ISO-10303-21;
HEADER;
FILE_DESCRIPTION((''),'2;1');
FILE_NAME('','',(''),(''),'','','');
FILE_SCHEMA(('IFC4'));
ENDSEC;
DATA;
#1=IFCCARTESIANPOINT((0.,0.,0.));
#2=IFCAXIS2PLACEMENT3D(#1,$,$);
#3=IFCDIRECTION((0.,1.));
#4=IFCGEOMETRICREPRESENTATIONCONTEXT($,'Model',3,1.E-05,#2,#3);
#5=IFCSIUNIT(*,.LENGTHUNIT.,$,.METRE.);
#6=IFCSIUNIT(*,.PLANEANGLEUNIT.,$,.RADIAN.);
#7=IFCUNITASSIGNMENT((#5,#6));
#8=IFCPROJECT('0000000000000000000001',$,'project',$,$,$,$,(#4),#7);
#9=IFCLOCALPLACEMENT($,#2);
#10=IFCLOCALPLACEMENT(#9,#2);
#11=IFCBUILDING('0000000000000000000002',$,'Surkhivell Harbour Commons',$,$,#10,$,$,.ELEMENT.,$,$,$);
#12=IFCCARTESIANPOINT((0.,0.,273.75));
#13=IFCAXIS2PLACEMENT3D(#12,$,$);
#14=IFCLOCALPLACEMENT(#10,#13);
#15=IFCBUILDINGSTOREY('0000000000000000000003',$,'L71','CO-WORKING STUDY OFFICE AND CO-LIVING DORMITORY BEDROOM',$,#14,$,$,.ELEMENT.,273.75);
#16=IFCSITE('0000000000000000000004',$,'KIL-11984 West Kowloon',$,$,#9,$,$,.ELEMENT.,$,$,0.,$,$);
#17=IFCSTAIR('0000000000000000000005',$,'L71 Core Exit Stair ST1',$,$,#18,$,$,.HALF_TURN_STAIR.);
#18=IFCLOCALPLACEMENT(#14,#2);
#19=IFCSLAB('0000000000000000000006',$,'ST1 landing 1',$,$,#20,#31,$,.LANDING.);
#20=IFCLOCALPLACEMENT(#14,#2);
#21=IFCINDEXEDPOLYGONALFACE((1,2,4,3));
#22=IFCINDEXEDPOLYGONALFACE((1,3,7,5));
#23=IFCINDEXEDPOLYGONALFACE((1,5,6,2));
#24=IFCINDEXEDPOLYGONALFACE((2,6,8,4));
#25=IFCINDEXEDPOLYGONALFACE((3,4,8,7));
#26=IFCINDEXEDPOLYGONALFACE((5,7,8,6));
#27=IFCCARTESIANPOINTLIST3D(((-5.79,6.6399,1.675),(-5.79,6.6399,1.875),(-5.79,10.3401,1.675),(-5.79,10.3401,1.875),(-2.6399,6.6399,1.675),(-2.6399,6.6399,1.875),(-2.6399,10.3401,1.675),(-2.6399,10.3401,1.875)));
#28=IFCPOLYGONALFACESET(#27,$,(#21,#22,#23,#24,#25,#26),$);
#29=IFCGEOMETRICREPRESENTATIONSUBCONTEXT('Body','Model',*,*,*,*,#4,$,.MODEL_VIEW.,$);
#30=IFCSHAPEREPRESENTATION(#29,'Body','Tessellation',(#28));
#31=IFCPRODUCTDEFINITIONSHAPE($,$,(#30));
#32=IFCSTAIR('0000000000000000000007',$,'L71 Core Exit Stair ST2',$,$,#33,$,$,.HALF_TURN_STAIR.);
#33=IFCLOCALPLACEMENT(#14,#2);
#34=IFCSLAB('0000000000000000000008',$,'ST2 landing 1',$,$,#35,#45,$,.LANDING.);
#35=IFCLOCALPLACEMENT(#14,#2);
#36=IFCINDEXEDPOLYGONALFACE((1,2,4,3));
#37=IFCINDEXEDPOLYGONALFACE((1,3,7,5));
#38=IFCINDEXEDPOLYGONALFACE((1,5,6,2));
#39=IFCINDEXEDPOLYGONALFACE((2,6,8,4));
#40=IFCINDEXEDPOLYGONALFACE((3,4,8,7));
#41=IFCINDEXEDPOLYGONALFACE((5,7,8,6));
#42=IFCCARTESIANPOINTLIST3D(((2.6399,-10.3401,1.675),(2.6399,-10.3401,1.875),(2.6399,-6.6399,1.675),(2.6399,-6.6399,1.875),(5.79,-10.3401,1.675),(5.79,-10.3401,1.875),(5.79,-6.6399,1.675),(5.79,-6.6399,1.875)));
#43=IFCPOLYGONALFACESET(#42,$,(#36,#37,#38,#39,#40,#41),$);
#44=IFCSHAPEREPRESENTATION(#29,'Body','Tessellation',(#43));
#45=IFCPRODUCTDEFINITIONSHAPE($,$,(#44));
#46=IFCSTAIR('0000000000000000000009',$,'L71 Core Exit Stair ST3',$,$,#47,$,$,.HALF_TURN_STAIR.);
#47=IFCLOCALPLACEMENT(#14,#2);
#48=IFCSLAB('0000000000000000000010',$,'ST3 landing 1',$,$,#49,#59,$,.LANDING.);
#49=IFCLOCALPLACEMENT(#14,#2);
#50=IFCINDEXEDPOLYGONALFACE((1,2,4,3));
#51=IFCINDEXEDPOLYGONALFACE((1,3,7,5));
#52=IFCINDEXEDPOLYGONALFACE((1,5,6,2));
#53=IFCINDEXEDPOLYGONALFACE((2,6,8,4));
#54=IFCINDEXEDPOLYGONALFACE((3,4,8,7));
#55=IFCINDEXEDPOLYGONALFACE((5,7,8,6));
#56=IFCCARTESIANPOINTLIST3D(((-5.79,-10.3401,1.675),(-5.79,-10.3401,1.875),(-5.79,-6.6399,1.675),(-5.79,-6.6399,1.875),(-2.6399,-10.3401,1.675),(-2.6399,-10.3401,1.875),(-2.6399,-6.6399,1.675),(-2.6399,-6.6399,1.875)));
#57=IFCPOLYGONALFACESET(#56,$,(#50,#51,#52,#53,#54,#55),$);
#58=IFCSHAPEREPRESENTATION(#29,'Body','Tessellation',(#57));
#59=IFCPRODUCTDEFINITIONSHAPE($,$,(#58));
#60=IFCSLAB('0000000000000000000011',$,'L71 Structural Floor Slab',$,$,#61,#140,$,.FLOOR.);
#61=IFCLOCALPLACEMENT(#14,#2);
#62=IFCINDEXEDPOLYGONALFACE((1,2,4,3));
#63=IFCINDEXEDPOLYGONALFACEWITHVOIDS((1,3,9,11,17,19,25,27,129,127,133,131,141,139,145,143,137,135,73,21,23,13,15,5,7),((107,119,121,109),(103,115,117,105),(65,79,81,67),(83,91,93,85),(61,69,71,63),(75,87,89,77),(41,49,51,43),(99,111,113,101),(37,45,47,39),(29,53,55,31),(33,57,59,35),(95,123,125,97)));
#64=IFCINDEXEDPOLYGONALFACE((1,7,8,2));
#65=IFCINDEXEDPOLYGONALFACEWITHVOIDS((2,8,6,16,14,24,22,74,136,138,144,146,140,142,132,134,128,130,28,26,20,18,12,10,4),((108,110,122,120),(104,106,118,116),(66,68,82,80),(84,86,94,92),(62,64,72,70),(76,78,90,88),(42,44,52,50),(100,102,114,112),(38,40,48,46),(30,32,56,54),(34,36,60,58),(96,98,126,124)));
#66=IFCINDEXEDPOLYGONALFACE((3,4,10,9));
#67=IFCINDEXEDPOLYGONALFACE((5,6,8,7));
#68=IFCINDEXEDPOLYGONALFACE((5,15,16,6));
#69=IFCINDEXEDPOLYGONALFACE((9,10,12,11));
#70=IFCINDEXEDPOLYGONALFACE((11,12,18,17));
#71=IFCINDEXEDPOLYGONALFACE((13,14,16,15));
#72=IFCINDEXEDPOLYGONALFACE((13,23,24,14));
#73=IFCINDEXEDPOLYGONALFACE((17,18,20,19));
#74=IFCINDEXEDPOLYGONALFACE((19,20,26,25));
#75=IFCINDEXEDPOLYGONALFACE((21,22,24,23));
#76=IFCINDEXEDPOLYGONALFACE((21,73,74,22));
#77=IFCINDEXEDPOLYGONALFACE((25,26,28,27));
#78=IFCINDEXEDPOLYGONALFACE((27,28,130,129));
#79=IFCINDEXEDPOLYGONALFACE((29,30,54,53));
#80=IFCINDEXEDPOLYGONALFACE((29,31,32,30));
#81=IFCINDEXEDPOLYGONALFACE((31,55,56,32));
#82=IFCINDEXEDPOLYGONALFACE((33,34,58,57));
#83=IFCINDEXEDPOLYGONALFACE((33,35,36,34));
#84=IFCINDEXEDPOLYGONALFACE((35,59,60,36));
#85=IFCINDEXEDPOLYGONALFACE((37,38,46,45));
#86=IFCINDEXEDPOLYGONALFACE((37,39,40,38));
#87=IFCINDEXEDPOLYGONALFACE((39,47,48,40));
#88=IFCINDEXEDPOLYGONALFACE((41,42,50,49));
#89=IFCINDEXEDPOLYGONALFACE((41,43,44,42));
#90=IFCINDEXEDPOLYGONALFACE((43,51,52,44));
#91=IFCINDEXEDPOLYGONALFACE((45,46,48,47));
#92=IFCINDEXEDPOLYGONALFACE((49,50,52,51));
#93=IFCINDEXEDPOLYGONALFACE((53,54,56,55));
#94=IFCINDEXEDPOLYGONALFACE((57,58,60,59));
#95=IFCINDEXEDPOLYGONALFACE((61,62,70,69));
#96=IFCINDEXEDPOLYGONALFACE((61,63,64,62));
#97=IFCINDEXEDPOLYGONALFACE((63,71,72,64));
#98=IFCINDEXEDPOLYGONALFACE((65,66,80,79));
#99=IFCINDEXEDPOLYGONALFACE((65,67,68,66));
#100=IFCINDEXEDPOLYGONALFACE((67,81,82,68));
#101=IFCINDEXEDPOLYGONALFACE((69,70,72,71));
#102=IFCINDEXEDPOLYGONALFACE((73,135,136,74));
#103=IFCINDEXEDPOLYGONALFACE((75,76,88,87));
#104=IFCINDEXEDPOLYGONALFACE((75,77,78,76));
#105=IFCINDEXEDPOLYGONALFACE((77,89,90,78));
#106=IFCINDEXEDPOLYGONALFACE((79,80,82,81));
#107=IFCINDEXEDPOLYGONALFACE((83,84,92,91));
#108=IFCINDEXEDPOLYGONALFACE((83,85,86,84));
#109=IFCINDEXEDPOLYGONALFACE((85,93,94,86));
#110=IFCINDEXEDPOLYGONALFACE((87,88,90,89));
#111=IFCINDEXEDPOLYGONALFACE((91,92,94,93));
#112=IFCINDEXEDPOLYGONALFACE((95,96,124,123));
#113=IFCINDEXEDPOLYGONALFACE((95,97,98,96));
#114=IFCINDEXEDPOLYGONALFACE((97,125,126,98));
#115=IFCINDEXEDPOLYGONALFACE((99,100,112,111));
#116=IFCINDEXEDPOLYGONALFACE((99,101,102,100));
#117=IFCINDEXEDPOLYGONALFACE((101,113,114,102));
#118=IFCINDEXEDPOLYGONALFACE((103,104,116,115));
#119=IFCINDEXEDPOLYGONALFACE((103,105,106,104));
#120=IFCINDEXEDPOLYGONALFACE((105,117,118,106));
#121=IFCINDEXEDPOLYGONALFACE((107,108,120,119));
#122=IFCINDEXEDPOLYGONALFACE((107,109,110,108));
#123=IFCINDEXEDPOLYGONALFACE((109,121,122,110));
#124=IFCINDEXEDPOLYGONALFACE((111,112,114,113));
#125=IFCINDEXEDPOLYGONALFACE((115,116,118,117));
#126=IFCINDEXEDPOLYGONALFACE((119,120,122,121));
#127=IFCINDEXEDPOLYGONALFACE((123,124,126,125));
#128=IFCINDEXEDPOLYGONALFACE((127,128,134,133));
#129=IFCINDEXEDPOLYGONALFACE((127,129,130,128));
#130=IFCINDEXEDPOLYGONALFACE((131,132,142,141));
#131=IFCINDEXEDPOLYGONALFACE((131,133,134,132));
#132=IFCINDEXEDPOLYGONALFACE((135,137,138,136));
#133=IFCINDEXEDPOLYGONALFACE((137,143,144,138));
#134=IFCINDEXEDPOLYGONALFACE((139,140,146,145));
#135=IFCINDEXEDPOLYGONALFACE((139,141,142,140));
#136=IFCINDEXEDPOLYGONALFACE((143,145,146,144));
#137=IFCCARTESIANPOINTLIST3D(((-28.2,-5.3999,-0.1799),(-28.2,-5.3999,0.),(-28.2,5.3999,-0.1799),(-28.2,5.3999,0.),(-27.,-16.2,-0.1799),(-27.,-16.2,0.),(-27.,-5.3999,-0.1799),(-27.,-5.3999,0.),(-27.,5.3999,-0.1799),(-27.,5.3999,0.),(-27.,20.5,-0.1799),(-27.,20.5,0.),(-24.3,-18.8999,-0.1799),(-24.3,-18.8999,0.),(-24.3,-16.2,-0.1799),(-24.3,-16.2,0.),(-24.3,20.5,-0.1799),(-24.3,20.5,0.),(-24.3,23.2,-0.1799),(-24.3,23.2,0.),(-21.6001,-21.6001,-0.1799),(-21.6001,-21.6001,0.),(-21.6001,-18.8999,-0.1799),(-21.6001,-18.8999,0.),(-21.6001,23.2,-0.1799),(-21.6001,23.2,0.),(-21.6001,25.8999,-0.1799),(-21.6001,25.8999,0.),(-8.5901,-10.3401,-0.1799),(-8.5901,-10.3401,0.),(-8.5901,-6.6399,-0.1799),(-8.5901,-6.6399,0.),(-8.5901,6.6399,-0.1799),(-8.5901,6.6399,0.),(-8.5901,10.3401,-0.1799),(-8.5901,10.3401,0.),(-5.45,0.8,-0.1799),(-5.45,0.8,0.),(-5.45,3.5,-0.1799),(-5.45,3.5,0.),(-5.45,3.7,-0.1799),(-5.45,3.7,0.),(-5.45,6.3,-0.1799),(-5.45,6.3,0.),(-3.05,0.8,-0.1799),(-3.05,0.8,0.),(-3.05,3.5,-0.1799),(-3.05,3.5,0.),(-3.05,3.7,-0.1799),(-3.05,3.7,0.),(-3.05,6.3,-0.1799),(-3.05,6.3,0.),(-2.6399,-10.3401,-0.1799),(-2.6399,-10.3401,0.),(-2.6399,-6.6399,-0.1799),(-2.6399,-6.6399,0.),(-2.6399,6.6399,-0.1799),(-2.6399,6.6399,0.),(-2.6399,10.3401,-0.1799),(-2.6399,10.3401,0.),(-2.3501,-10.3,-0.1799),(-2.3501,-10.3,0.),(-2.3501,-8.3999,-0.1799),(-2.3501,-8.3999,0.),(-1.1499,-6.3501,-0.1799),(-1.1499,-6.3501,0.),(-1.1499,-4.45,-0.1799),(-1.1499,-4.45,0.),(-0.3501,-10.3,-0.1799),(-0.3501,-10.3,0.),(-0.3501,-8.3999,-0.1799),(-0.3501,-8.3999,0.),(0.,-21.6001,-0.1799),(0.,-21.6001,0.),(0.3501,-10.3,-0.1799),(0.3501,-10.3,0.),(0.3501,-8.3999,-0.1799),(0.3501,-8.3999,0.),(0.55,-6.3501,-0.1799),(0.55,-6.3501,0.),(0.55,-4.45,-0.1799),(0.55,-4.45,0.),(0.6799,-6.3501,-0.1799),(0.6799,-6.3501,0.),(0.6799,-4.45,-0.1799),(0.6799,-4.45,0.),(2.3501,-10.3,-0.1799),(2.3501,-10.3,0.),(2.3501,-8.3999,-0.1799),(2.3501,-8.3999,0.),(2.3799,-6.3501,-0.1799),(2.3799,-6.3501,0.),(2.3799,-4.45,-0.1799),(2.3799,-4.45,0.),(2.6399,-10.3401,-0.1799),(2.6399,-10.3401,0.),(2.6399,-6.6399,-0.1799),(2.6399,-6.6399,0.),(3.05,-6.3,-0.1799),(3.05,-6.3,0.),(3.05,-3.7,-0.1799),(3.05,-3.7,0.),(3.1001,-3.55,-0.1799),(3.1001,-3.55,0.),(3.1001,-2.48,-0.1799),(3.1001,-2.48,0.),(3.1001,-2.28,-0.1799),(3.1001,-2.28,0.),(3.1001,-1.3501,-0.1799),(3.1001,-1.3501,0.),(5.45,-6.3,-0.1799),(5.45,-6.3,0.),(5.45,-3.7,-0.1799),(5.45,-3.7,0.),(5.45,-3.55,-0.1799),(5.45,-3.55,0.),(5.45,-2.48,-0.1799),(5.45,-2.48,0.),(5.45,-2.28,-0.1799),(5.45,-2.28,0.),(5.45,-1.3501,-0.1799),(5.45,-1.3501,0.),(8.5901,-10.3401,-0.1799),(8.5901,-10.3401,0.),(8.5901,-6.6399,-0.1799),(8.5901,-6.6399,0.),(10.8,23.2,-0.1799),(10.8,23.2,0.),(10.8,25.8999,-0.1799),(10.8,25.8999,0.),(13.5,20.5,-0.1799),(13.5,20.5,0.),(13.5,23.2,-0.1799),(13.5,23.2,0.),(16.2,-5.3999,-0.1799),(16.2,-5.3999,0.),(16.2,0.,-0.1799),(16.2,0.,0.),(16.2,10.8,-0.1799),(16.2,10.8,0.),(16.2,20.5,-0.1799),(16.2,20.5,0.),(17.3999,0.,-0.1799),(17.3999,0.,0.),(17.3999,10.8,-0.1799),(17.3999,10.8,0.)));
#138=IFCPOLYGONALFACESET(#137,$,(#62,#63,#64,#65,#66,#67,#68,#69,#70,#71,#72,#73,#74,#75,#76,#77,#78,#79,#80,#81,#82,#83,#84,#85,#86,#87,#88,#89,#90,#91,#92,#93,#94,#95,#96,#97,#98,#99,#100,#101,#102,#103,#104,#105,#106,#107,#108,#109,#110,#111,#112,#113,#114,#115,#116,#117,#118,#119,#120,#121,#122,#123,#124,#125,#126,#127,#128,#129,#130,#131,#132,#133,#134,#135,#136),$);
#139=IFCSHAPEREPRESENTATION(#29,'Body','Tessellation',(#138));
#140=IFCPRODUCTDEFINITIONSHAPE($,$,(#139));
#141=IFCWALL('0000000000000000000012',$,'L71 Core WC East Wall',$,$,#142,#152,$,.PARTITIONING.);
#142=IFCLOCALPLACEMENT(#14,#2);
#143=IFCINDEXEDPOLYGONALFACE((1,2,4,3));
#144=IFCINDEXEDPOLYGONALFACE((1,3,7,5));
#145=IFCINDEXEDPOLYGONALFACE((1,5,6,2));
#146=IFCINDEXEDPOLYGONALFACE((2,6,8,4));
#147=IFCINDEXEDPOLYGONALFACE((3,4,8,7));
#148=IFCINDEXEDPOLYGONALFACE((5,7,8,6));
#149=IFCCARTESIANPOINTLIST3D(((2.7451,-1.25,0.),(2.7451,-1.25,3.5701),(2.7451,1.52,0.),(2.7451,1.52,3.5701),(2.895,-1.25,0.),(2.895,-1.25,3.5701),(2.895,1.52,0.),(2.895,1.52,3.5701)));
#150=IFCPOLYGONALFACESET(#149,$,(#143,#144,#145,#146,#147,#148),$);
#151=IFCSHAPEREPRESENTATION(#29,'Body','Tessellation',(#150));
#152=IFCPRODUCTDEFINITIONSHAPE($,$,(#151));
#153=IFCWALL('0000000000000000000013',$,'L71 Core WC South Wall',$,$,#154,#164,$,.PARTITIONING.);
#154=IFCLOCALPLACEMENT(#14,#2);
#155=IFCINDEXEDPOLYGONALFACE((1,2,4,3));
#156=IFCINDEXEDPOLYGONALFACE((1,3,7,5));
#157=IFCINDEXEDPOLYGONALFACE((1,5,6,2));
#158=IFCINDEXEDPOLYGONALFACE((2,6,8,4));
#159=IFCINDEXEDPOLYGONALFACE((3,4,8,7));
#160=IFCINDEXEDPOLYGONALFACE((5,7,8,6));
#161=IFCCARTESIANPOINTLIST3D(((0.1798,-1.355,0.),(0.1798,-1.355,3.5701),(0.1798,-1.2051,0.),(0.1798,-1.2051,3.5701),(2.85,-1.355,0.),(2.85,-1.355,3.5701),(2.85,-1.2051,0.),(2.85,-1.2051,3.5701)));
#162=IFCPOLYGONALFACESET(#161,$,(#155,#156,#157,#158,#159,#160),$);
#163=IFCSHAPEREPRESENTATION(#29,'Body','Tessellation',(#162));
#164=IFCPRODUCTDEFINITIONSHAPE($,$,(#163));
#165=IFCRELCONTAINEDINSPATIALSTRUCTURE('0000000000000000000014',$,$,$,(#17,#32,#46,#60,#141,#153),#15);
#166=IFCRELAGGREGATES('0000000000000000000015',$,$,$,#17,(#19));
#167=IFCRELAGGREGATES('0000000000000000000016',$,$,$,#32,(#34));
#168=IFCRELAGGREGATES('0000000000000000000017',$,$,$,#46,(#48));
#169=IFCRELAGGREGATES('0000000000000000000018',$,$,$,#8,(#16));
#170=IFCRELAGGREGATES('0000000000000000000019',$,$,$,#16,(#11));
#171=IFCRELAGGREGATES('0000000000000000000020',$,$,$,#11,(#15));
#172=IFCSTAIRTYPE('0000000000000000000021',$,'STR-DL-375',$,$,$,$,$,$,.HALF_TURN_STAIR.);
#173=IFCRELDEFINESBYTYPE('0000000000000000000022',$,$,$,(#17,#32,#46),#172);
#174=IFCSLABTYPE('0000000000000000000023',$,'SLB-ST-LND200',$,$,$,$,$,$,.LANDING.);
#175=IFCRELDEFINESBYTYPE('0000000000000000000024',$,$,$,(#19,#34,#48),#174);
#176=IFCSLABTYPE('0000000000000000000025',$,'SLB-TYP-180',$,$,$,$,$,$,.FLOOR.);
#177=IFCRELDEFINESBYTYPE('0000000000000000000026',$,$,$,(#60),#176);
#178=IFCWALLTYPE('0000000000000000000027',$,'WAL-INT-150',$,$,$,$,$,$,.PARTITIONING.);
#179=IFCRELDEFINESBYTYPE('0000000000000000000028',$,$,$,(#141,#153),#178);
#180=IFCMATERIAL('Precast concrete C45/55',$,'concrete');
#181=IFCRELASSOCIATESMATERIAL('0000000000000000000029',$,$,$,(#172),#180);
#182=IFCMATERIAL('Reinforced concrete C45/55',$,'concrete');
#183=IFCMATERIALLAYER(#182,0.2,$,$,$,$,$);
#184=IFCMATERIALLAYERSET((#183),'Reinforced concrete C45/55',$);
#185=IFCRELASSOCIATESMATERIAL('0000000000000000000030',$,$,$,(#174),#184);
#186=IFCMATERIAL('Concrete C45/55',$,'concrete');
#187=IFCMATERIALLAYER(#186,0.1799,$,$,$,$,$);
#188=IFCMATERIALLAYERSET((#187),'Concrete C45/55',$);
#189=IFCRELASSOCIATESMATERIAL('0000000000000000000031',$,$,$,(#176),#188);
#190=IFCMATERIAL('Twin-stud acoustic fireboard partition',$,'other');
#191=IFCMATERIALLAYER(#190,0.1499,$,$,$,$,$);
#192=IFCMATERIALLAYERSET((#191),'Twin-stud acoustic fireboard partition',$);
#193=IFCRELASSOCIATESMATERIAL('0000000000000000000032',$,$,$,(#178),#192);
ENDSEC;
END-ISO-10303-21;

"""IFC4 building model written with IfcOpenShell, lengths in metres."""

from ifc_helpers import new_model, si_unit, direction, frame, frame_2d, origin, place, context, subcontext, project, spatial, polyline, rectangle, outline, extrude, material, layer, layer_set, type_object, element, aggregate, save


model = new_model("IFC4")

# Units and contexts
model_context = context("Model", 3, precision=1e-05, world=origin(), true_north=direction((0.0, 1.0)))
body_context = subcontext(model_context, "Body", "Model", "MODEL_VIEW")
ifc_project = project(units=[si_unit("LENGTHUNIT", "METRE"), si_unit("PLANEANGLEUNIT", "RADIAN")], contexts=[model_context])

# Site, building, storey
site_placement = place(None, origin())
site = spatial("IfcSite", under=ifc_project, at=site_placement, Name="KIL-11984 West Kowloon", CompositionType="ELEMENT", RefElevation=0.0)
building_placement = place(site_placement, origin())
building = spatial("IfcBuilding", under=site, at=building_placement, Name="Surkhivell Harbour Commons", CompositionType="ELEMENT")
storey_placement = place(building_placement, frame((0.0, 0.0, 273.75)))
storey = spatial("IfcBuildingStorey", under=building, at=storey_placement, Name="L71", Description="CO-WORKING STUDY OFFICE AND CO-LIVING DORMITORY BEDROOM", CompositionType="ELEMENT", Elevation=273.75)

# Stairs, slabs
ifc_material_1 = material(Name="Precast concrete C45/55", Category="concrete")
stair_type = type_object("IfcStairType", Name="STR-DL-375", PredefinedType="HALF_TURN_STAIR", material=ifc_material_1)
stair_1_placement = place(storey_placement, origin())
stair_1 = element("IfcStair", 1, at=stair_1_placement, inside=storey, type_object=stair_type, Name="L71 Core Exit Stair ST1", PredefinedType="HALF_TURN_STAIR")
ifc_material_2 = material(Name="Reinforced concrete C45/55", Category="concrete")
ifc_layer_1 = layer(ifc_material_2, 0.2)
ifc_layer_set_1 = layer_set([ifc_layer_1], Name="Reinforced concrete C45/55")
slab_type_1 = type_object("IfcSlabType", Name="SLB-ST-LND200", PredefinedType="LANDING", material=ifc_layer_set_1)
slab_1_placement = place(storey_placement, frame((0.0, 0.0, 1.675)))
slab_1 = element("IfcSlab", 2, at=slab_1_placement, type_object=slab_type_1, Name="ST1 landing 1", PredefinedType="LANDING", context=body_context, shape_type="SweptSolid", body=[
    extrude(outline(polyline([(-5.79, 6.6399), (-2.6399, 6.6399), (-2.6399, 10.3401), (-5.79, 10.3401), (-5.79, 6.6399)])), origin(), (0.0, 0.0, 1.0), 0.2),
])
aggregate(stair_1, [slab_1])
stair_2_placement = place(storey_placement, origin())
stair_2 = element("IfcStair", 3, at=stair_2_placement, inside=storey, type_object=stair_type, Name="L71 Core Exit Stair ST2", PredefinedType="HALF_TURN_STAIR")
slab_2_placement = place(storey_placement, frame((0.0, 0.0, 1.675)))
slab_2 = element("IfcSlab", 4, at=slab_2_placement, type_object=slab_type_1, Name="ST2 landing 1", PredefinedType="LANDING", context=body_context, shape_type="SweptSolid", body=[
    extrude(outline(polyline([(5.79, -6.6399), (2.6399, -6.6399), (2.6399, -10.3401), (5.79, -10.3401), (5.79, -6.6399)])), origin(), (0.0, 0.0, 1.0), 0.2),
])
aggregate(stair_2, [slab_2])
stair_3_placement = place(storey_placement, origin())
stair_3 = element("IfcStair", 5, at=stair_3_placement, inside=storey, type_object=stair_type, Name="L71 Core Exit Stair ST3", PredefinedType="HALF_TURN_STAIR")
slab_3_placement = place(storey_placement, frame((0.0, 0.0, 1.675)))
slab_3 = element("IfcSlab", 6, at=slab_3_placement, type_object=slab_type_1, Name="ST3 landing 1", PredefinedType="LANDING", context=body_context, shape_type="SweptSolid", body=[
    extrude(outline(polyline([(-5.79, -10.3401), (-2.6399, -10.3401), (-2.6399, -6.6399), (-5.79, -6.6399), (-5.79, -10.3401)])), origin(), (0.0, 0.0, 1.0), 0.2),
])
aggregate(stair_3, [slab_3])

# Slab
ifc_material_3 = material(Name="Concrete C45/55", Category="concrete")
ifc_layer_2 = layer(ifc_material_3, 0.1799)
ifc_layer_set_2 = layer_set([ifc_layer_2], Name="Concrete C45/55")
slab_type_2 = type_object("IfcSlabType", Name="SLB-TYP-180", PredefinedType="FLOOR", material=ifc_layer_set_2)
slab_4_placement = place(storey_placement, frame((0.0, 0.0, -0.1799)))
element("IfcSlab", 7, at=slab_4_placement, inside=storey, type_object=slab_type_2, Name="L71 Structural Floor Slab", PredefinedType="FLOOR", context=body_context, shape_type="SweptSolid", body=[
    extrude(outline(polyline([(-27.0, 20.5), (-27.0, 5.3999), (-28.2, 5.3999), (-28.2, -5.3999), (-27.0, -5.3999), (-27.0, -16.2), (-24.3, -16.2), (-24.3, -18.8999), (-21.6001, -18.8999), (-21.6001, -21.6001), (0.0, -21.6001), (16.2, -5.3999), (16.2, 0.0), (17.3999, 0.0), (17.3999, 10.8), (16.2, 10.8), (16.2, 20.5), (13.5, 20.5), (13.5, 23.2), (10.8, 23.2), (10.8, 25.8999), (-21.6001, 25.8999), (-21.6001, 23.2), (-24.3, 23.2), (-24.3, 20.5), (-27.0, 20.5)]), holes=[polyline([(-8.5901, 6.6399), (-2.6399, 6.6399), (-2.6399, 10.3401), (-8.5901, 10.3401), (-8.5901, 6.6399)]), polyline([(8.5901, -6.6399), (2.6399, -6.6399), (2.6399, -10.3401), (8.5901, -10.3401), (8.5901, -6.6399)]), polyline([(-8.5901, -10.3401), (-2.6399, -10.3401), (-2.6399, -6.6399), (-8.5901, -6.6399), (-8.5901, -10.3401)]), polyline([(-1.1499, -6.3501), (0.55, -6.3501), (0.55, -4.45), (-1.1499, -4.45), (-1.1499, -6.3501)]), polyline([(0.6799, -6.3501), (2.3799, -6.3501), (2.3799, -4.45), (0.6799, -4.45), (0.6799, -6.3501)]), polyline([(-2.3501, -10.3), (-0.3501, -10.3), (-0.3501, -8.3999), (-2.3501, -8.3999), (-2.3501, -10.3)]), polyline([(0.3501, -10.3), (2.3501, -10.3), (2.3501, -8.3999), (0.3501, -8.3999), (0.3501, -10.3)]), polyline([(-5.45, 3.7), (-3.05, 3.7), (-3.05, 6.3), (-5.45, 6.3), (-5.45, 3.7)]), polyline([(3.05, -6.3), (5.45, -6.3), (5.45, -3.7), (3.05, -3.7), (3.05, -6.3)]), polyline([(-5.45, 0.8), (-3.05, 0.8), (-3.05, 3.5), (-5.45, 3.5), (-5.45, 0.8)]), polyline([(3.1001, -3.55), (5.45, -3.55), (5.45, -2.48), (3.1001, -2.48), (3.1001, -3.55)]), polyline([(3.1001, -2.28), (5.45, -2.28), (5.45, -1.3501), (3.1001, -1.3501), (3.1001, -2.28)])]), origin(), (0.0, 0.0, 1.0), 0.1799),
])

# Walls
ifc_material_4 = material(Name="Twin-stud acoustic fireboard partition", Category="other")
ifc_layer_3 = layer(ifc_material_4, 0.1499)
ifc_layer_set_3 = layer_set([ifc_layer_3], Name="Twin-stud acoustic fireboard partition")
wall_type_1 = type_object("IfcWallType", Name="WAL-INT-150", PredefinedType="PARTITIONING", material=ifc_layer_set_3)
wall_1_placement = place(storey_placement, frame((2.8201, -1.25, 0.0), z_axis=(0.0, 0.0, 1.0), x_axis=(0.0, 1.0, 0.0)))
element("IfcWall", 8, at=wall_1_placement, inside=storey, type_object=wall_type_1, Name="L71 Core WC East Wall", PredefinedType="PARTITIONING", context=body_context, shape_type="SweptSolid", body=[
    extrude(rectangle(XDim=2.77, YDim=0.1499, at=frame_2d((1.385, 0.0))), origin(), (0.0, 0.0, 1.0), 3.5701),
])
wall_2_placement = place(storey_placement, frame((0.1799, -1.28, 0.0), z_axis=(0.0, 0.0, 1.0), x_axis=(1.0, 0.0, 0.0)))
element("IfcWall", 9, at=wall_2_placement, inside=storey, type_object=wall_type_1, Name="L71 Core WC South Wall", PredefinedType="PARTITIONING", context=body_context, shape_type="SweptSolid", body=[
    extrude(rectangle(XDim=2.6702, YDim=0.1499, at=frame_2d((1.335, 0.0))), origin(), (0.0, 0.0, 1.0), 3.5701),
])

save(model, "model.ifc")
